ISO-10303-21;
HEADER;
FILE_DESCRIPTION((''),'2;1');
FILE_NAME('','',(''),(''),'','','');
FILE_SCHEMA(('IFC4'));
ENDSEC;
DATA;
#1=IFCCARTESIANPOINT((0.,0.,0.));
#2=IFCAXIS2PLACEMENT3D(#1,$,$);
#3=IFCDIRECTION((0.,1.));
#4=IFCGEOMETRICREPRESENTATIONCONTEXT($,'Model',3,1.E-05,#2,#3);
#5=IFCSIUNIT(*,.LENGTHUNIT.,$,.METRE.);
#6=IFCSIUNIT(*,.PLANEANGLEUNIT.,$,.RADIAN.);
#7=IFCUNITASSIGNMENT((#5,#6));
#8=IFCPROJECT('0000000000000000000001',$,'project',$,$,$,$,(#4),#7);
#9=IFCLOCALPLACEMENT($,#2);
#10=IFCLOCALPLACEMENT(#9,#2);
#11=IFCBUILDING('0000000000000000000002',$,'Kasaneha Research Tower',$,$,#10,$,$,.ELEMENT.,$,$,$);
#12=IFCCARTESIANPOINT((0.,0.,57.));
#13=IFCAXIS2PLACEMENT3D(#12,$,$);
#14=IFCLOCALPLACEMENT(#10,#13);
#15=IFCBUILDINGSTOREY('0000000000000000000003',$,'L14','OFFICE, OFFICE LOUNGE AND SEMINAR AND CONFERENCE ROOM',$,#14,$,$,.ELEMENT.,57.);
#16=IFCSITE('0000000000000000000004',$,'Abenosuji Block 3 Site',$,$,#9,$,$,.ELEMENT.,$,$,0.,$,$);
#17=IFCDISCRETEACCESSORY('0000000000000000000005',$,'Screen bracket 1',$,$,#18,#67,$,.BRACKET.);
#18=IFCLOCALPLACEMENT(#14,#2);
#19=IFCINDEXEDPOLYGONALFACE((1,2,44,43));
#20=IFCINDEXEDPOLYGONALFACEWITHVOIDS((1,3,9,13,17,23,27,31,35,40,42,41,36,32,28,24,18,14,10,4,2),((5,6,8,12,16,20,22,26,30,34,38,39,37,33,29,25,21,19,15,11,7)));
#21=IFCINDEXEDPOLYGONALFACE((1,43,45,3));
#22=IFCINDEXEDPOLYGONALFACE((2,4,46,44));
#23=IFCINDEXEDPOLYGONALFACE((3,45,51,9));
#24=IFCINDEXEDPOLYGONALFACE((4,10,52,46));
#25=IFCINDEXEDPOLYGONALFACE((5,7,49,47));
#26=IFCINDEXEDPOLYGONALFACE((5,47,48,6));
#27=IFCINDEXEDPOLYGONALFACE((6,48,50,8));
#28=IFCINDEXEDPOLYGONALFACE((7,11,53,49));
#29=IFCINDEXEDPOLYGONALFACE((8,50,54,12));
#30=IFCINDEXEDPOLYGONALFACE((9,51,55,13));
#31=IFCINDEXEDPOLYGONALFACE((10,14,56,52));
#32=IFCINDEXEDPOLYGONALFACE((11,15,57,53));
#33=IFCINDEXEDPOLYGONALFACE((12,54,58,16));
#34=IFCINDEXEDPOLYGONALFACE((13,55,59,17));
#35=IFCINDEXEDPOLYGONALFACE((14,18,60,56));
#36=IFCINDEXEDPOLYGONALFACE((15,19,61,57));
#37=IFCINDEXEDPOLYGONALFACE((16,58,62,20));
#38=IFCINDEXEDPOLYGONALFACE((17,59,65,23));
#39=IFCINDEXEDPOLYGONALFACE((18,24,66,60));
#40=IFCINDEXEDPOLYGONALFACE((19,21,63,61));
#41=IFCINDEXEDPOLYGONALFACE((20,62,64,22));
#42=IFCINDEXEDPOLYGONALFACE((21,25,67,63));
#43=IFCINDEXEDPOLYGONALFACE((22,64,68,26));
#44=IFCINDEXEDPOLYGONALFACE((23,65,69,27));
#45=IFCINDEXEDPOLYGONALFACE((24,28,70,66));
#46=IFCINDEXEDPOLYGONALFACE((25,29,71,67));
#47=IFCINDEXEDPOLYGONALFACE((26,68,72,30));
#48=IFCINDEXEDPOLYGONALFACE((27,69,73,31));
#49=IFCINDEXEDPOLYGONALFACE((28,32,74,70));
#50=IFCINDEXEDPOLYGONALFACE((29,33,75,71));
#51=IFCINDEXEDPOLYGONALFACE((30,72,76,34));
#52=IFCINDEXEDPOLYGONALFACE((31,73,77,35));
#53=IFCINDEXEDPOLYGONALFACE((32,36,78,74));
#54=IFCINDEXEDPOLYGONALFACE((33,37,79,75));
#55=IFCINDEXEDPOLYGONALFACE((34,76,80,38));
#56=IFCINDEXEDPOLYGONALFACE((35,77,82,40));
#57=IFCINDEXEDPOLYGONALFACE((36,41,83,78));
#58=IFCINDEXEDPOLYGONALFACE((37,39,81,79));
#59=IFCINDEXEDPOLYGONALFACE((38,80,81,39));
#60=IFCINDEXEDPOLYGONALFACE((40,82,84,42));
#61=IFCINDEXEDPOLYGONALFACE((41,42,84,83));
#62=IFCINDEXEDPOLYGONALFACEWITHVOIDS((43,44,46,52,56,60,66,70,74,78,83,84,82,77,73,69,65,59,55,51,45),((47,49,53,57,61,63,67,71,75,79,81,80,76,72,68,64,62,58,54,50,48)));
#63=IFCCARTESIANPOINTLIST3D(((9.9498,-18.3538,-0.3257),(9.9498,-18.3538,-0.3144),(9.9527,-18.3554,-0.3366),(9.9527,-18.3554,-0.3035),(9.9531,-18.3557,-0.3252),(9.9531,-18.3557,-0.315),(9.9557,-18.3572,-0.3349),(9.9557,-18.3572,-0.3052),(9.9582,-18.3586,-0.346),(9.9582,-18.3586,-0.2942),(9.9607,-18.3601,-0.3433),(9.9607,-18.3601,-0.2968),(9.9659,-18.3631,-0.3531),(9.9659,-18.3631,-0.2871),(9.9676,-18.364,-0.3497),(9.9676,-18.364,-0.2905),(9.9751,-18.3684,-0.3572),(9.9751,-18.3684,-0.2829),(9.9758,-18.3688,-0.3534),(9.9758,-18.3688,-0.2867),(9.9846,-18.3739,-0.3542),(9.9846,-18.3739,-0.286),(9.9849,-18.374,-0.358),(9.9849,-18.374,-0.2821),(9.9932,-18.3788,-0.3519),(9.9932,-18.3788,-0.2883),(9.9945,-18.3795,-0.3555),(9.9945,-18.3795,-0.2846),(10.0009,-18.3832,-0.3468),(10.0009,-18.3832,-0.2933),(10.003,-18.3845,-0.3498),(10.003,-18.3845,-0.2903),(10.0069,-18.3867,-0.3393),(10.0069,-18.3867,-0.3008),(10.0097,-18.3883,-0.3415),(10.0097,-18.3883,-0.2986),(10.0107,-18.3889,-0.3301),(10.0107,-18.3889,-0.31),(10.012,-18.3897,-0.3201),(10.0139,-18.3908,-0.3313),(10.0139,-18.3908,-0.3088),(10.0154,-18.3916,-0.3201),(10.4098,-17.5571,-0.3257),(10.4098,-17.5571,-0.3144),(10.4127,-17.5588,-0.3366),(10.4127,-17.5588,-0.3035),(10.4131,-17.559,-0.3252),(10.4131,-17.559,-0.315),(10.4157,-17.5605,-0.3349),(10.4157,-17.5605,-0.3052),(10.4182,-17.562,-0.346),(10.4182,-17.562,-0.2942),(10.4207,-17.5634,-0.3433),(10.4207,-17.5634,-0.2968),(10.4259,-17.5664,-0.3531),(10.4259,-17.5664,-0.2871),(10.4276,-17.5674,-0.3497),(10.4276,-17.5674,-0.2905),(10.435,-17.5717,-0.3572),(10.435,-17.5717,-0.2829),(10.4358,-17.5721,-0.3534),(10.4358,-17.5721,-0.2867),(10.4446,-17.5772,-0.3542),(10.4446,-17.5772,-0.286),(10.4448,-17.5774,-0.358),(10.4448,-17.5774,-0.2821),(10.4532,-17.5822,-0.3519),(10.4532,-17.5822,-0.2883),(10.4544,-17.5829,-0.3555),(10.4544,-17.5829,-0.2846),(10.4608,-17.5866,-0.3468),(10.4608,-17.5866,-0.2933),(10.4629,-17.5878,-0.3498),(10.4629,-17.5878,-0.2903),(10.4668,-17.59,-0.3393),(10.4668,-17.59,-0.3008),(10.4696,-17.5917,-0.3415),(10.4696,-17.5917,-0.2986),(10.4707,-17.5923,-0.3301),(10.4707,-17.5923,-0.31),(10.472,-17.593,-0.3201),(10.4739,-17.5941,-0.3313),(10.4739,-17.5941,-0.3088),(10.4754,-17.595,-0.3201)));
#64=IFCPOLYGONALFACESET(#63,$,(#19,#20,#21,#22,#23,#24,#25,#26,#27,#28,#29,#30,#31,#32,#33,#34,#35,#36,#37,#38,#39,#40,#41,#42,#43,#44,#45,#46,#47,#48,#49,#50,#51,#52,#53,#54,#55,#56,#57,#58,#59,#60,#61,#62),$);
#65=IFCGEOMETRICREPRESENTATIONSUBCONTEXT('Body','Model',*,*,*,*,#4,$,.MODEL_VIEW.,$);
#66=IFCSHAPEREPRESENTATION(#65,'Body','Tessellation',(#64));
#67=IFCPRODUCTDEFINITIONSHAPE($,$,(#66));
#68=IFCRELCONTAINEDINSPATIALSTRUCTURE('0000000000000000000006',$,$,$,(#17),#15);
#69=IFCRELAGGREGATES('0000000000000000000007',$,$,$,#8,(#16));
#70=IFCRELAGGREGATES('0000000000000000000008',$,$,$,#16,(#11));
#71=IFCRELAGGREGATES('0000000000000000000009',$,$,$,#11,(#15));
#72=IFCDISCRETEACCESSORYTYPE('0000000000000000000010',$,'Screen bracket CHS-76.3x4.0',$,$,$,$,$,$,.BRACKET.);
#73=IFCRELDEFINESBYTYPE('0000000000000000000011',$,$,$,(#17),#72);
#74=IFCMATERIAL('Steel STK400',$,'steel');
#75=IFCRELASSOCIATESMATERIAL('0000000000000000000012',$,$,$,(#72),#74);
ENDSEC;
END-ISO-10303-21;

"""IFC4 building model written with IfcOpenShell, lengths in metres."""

from ifc_helpers import new_model, si_unit, direction, frame, origin, origin_2d, place, context, subcontext, project, spatial, hollow_circle, extrude, material, material_profile, profile_set, type_object, element, save


model = new_model("IFC4")

# Units and contexts
model_context = context("Model", 3, precision=1e-05, world=origin(), true_north=direction((0.0, 1.0)))
body_context = subcontext(model_context, "Body", "Model", "MODEL_VIEW")
ifc_project = project(units=[si_unit("LENGTHUNIT", "METRE"), si_unit("PLANEANGLEUNIT", "RADIAN")], contexts=[model_context])

# Site, building, storey
site_placement = place(None, origin())
site = spatial("IfcSite", under=ifc_project, at=site_placement, Name="Abenosuji Block 3 Site", CompositionType="ELEMENT", RefElevation=0.0)
building_placement = place(site_placement, origin())
building = spatial("IfcBuilding", under=site, at=building_placement, Name="Kasaneha Research Tower", CompositionType="ELEMENT")
storey_placement = place(building_placement, frame((0.0, 0.0, 57.0)))
storey = spatial("IfcBuildingStorey", under=building, at=storey_placement, Name="L14", Description="OFFICE, OFFICE LOUNGE AND SEMINAR AND CONFERENCE ROOM", CompositionType="ELEMENT", Elevation=57.0)

# Discrete accessory
ifc_material_1 = material(Name="Steel STK400", Category="steel")
ifc_material_profile_1 = material_profile(ifc_material_1, hollow_circle(Radius=0.0381, WallThickness=0.0039, at=origin_2d()), Name="CHS-76.3x4.0")
ifc_profile_set_1 = profile_set([ifc_material_profile_1], Name="Steel STK400")
discrete_accessory_type = type_object("IfcDiscreteAccessoryType", Name="Screen bracket CHS-76.3x4.0", PredefinedType="BRACKET", material=ifc_profile_set_1)
discrete_accessory_placement = place(storey_placement, frame((10.4424, -17.5759, -0.3201), z_axis=(-0.500021, -0.866013, 0.0), x_axis=(0.866013, -0.500021, 0.0)))
element("IfcDiscreteAccessory", 1, at=discrete_accessory_placement, inside=storey, type_object=discrete_accessory_type, Name="Screen bracket 1", PredefinedType="BRACKET", context=body_context, shape_type="SweptSolid", body=[
    extrude(hollow_circle(Radius=0.0381, WallThickness=0.0039, at=origin_2d()), origin(), (0.0, 0.0, 1.0), 0.9199),
])

save(model, "model.ifc")
